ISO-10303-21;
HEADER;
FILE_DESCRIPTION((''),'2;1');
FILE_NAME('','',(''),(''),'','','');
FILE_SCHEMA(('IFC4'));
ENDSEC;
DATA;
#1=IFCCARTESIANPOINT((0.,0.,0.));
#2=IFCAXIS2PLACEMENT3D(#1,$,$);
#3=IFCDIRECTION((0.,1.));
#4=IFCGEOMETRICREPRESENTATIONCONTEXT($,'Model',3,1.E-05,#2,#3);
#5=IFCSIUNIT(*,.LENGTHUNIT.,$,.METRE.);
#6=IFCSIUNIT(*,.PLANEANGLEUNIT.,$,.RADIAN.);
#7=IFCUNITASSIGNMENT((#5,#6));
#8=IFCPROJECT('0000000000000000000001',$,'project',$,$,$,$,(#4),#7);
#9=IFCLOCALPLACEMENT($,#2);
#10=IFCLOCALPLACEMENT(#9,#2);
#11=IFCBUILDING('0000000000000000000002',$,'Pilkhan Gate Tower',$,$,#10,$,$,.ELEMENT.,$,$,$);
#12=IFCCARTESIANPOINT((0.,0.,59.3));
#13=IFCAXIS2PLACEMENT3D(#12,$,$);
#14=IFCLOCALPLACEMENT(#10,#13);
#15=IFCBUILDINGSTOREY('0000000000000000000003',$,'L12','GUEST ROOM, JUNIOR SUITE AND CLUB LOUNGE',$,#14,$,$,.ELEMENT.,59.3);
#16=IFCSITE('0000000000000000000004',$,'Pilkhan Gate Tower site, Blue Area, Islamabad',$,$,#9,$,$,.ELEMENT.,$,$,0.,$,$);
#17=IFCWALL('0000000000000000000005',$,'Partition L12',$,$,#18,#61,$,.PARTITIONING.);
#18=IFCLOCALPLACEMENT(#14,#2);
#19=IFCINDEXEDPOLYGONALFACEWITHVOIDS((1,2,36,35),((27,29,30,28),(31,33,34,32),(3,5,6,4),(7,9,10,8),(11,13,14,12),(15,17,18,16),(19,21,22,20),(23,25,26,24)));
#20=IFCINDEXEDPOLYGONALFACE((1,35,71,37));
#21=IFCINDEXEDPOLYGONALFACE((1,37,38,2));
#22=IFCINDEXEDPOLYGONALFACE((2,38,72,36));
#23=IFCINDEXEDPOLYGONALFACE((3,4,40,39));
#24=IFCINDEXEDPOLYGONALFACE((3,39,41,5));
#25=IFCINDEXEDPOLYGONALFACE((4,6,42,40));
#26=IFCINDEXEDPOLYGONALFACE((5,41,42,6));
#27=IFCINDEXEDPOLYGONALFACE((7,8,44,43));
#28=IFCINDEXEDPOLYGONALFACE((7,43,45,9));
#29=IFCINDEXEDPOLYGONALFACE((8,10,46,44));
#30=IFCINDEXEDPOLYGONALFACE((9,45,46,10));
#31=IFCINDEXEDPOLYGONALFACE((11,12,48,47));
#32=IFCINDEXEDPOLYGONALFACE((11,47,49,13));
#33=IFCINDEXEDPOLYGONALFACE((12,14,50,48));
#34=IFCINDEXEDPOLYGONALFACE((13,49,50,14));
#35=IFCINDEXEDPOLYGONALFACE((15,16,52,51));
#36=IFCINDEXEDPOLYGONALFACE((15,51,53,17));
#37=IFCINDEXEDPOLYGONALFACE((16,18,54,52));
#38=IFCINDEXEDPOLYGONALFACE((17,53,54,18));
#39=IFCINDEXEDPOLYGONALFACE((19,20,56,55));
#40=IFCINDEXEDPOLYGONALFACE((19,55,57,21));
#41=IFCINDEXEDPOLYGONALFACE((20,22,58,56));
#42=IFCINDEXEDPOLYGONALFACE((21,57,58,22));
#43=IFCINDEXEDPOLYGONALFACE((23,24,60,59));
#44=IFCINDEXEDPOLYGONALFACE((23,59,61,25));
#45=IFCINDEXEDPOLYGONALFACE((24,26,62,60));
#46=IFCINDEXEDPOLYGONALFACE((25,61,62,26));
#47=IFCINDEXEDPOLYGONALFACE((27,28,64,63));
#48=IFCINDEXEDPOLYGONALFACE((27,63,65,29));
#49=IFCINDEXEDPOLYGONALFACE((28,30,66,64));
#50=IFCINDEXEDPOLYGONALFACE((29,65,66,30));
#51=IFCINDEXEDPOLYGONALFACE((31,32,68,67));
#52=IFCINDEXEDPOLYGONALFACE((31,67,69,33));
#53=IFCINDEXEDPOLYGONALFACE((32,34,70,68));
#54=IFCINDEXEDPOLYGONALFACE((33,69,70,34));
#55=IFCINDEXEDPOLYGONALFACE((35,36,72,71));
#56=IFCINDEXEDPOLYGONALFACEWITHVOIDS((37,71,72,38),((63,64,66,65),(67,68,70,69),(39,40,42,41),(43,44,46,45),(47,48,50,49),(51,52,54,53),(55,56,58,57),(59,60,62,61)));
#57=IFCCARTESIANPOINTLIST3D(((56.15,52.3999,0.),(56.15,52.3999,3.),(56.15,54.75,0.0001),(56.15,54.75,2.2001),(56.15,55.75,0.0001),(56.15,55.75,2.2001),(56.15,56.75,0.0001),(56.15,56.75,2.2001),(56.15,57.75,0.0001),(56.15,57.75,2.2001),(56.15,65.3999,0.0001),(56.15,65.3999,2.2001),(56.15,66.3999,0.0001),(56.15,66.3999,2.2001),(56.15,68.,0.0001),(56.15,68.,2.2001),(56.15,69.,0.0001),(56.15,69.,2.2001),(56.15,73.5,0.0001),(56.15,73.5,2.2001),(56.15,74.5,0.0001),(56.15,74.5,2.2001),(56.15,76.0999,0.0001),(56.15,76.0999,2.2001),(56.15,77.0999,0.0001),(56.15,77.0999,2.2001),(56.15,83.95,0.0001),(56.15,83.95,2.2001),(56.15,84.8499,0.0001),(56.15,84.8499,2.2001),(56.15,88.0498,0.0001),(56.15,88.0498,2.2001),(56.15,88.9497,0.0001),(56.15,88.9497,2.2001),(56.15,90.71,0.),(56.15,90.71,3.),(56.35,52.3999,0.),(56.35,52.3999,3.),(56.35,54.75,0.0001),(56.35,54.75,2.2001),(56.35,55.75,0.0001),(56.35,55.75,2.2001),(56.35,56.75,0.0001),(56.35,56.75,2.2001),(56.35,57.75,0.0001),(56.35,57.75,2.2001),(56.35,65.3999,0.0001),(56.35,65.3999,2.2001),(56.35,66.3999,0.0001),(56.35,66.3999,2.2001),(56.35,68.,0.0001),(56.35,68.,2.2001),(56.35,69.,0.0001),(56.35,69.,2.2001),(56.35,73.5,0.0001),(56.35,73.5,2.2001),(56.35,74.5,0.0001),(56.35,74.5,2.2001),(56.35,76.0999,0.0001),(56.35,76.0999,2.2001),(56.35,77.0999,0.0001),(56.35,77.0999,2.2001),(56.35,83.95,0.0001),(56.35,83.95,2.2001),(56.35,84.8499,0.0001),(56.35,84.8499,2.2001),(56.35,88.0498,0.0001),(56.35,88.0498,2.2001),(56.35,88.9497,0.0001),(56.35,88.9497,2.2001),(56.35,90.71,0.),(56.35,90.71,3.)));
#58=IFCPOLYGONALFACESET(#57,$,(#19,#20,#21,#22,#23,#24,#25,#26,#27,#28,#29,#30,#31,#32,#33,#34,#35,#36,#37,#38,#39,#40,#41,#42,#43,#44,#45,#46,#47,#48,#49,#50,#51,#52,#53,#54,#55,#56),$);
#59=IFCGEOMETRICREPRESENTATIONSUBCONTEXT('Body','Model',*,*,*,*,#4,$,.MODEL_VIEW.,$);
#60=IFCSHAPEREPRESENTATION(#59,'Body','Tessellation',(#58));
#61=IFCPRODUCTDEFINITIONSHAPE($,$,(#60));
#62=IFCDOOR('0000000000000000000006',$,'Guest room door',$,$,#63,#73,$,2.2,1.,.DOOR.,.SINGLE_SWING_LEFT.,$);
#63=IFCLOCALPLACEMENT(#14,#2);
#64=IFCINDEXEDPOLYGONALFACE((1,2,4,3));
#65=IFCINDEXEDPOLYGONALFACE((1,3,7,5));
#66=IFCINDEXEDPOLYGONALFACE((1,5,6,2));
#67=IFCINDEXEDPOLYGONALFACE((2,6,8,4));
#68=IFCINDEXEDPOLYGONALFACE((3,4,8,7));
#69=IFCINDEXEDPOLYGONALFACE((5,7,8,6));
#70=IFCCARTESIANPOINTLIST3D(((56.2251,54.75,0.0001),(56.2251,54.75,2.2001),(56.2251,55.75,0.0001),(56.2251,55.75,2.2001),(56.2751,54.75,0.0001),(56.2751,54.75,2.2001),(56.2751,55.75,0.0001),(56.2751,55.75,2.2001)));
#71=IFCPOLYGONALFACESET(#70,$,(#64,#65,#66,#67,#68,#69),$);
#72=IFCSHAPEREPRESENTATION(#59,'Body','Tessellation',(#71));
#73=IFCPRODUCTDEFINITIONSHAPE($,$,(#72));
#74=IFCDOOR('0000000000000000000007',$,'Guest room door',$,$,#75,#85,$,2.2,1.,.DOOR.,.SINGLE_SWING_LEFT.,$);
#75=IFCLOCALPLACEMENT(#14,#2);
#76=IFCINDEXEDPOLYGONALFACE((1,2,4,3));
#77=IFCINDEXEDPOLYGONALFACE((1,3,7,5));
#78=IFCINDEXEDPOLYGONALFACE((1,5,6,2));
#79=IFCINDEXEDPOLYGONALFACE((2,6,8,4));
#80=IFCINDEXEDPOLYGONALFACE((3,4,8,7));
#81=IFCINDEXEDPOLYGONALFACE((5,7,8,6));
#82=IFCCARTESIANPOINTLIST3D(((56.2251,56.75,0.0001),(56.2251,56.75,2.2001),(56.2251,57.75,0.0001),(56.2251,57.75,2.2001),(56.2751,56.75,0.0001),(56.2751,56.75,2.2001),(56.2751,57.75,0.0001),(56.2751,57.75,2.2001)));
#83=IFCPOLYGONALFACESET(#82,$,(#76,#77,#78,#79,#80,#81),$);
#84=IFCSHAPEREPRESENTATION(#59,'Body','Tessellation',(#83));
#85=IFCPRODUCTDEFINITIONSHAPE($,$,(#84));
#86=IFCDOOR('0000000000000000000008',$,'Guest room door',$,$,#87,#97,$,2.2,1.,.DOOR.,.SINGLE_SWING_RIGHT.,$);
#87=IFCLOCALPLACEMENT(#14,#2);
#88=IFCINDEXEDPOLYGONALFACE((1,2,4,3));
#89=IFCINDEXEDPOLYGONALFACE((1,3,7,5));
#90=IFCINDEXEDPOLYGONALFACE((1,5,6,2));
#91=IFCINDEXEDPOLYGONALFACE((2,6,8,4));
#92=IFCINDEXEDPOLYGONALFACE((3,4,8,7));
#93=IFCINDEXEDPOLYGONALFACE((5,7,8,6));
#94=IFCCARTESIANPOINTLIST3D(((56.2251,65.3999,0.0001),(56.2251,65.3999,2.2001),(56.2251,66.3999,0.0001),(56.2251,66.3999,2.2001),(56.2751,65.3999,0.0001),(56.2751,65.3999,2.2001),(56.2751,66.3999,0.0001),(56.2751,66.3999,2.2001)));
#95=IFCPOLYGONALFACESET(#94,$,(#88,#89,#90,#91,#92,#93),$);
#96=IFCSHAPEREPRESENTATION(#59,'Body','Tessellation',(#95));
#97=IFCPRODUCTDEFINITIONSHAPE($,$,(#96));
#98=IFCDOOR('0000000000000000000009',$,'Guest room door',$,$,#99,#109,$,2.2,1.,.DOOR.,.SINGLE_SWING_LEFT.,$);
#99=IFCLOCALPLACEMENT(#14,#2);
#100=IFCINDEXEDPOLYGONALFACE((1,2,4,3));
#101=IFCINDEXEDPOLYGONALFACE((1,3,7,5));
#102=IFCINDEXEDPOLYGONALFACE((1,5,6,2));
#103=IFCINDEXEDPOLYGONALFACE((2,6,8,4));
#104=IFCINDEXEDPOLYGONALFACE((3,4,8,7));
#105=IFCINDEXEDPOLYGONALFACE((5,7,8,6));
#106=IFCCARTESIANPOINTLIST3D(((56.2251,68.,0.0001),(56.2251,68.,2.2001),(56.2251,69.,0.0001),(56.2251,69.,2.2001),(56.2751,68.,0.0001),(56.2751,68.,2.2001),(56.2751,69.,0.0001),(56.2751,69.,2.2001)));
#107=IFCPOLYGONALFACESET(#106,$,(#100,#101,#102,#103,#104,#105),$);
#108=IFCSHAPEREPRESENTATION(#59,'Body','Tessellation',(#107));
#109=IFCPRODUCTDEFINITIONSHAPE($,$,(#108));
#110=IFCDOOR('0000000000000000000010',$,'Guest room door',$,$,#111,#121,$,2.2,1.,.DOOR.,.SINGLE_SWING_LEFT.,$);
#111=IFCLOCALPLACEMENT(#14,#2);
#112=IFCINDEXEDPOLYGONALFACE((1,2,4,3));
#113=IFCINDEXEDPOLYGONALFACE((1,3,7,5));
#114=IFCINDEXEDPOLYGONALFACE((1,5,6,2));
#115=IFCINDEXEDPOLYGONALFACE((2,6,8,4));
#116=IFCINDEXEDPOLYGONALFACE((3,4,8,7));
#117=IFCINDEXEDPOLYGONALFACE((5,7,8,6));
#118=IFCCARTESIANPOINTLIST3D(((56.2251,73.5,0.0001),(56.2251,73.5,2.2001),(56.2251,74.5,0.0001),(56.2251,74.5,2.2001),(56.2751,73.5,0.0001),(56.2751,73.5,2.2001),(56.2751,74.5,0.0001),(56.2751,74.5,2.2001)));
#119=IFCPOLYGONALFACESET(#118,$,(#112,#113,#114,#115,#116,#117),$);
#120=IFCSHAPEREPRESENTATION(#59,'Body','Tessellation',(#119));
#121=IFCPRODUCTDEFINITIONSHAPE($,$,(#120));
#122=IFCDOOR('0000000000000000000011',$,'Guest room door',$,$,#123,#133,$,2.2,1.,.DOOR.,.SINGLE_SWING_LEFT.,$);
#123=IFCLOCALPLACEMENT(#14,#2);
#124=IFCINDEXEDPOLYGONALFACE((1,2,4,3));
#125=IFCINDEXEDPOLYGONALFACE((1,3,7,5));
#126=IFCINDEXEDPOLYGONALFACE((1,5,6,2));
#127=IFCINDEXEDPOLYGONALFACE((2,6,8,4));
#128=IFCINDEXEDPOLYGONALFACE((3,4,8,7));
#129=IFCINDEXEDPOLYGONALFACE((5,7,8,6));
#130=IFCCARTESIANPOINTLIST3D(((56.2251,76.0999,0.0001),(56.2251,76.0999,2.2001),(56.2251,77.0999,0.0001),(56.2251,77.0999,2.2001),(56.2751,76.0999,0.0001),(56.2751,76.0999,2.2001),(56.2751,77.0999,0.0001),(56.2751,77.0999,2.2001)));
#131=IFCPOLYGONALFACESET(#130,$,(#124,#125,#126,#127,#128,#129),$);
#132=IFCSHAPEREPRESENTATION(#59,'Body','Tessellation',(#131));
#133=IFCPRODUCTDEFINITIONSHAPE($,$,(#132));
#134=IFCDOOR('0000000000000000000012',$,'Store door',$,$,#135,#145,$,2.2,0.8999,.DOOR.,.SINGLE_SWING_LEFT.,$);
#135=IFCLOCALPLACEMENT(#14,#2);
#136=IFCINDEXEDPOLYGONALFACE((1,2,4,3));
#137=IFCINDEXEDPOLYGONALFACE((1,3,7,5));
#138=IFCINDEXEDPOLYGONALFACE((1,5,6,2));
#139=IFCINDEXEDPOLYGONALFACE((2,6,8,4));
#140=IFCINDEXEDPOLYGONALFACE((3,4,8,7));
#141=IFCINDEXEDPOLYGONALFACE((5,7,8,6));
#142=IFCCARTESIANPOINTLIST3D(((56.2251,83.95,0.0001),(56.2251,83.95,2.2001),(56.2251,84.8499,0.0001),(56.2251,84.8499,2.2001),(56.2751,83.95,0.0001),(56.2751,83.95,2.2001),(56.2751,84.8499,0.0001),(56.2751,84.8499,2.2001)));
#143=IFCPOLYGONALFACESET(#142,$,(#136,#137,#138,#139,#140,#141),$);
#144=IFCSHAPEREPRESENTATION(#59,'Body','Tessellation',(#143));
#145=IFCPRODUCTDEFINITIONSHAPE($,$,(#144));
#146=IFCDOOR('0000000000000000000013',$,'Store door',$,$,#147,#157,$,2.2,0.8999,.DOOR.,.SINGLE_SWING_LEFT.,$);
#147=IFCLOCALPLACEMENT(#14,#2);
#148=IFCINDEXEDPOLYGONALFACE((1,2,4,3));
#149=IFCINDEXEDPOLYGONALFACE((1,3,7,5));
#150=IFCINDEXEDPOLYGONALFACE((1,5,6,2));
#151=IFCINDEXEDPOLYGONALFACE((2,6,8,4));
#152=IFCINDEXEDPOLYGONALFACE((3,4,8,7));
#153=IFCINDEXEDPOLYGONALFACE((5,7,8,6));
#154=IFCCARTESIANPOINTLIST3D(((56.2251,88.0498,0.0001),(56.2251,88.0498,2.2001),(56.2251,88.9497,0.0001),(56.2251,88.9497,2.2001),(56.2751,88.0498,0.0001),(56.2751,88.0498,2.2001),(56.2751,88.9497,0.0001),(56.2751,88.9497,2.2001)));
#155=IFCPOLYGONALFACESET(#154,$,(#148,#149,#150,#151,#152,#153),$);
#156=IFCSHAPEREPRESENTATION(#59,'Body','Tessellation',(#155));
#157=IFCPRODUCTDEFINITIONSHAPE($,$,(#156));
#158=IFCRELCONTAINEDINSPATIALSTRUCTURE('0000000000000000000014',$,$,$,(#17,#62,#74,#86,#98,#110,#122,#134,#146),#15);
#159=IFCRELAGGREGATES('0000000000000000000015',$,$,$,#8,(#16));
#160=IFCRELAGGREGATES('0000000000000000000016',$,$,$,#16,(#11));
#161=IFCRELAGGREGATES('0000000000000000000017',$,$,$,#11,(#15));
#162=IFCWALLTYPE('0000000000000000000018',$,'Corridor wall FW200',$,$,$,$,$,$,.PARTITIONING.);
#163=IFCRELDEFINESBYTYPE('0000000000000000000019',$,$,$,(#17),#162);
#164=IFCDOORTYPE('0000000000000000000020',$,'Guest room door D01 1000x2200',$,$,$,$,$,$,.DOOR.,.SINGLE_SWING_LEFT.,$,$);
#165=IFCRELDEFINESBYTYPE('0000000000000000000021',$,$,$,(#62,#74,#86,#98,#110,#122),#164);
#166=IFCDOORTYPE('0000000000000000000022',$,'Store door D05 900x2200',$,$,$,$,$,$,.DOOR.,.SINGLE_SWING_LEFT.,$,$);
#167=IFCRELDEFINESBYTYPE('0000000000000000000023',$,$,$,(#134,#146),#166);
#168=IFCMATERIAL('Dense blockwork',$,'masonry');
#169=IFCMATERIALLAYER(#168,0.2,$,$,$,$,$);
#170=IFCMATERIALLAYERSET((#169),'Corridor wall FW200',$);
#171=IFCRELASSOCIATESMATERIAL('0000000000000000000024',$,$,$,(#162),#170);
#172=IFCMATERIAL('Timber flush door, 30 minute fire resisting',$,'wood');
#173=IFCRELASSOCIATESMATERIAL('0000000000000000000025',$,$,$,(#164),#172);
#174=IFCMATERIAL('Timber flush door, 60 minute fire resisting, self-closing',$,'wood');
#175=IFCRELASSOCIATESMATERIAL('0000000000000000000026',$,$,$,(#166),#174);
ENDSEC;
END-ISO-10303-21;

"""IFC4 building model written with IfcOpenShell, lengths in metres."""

from ifc_helpers import new_model, si_unit, direction, frame, frame_2d, origin, place, context, subcontext, project, spatial, rectangle, extrude, material, layer, layer_set, type_object, element, fill, save


model = new_model("IFC4")

# Units and contexts
model_context = context("Model", 3, precision=1e-05, world=origin(), true_north=direction((0.0, 1.0)))
body_context = subcontext(model_context, "Body", "Model", "MODEL_VIEW")
ifc_project = project(units=[si_unit("LENGTHUNIT", "METRE"), si_unit("PLANEANGLEUNIT", "RADIAN")], contexts=[model_context])

# Site, building, storey
site_placement = place(None, origin())
site = spatial("IfcSite", under=ifc_project, at=site_placement, Name="Pilkhan Gate Tower site, Blue Area, Islamabad", CompositionType="ELEMENT", RefElevation=0.0)
building_placement = place(site_placement, origin())
building = spatial("IfcBuilding", under=site, at=building_placement, Name="Pilkhan Gate Tower", CompositionType="ELEMENT")
storey_placement = place(building_placement, frame((0.0, 0.0, 59.3)))
storey = spatial("IfcBuildingStorey", under=building, at=storey_placement, Name="L12", Description="GUEST ROOM, JUNIOR SUITE AND CLUB LOUNGE", CompositionType="ELEMENT", Elevation=59.3)

# Wall, openings, doors
ifc_material_1 = material(Name="Dense blockwork", Category="masonry")
ifc_layer_1 = layer(ifc_material_1, 0.2)
ifc_layer_set_1 = layer_set([ifc_layer_1], Name="Corridor wall FW200")
wall_type = type_object("IfcWallType", Name="Corridor wall FW200", PredefinedType="PARTITIONING", material=ifc_layer_set_1)
wall_1_placement = place(storey_placement, frame((56.25, 52.3999, 0.0), z_axis=(0.0, 0.0, 1.0), x_axis=(0.0, 1.0, 0.0)))
wall_1 = element("IfcWall", 1, at=wall_1_placement, inside=storey, type_object=wall_type, Name="Partition L12", PredefinedType="PARTITIONING", context=body_context, shape_type="SweptSolid", body=[
    extrude(rectangle(XDim=38.3101, YDim=0.2, at=frame_2d((19.155, 0.0))), origin(), (0.0, 0.0, 1.0), 3.0),
])
opening_1_placement = place(wall_1_placement, frame((2.3501, 0.0, 0.0)))
opening_1 = element("IfcOpeningElement", 2, at=opening_1_placement, cuts=wall_1, PredefinedType="OPENING", context=body_context, shape_type="SweptSolid", body=[
    extrude(rectangle(XDim=1.0, YDim=2.2, at=frame_2d((0.5, 1.1001))), frame((0.0, 0.1099, 0.0), z_axis=(0.0, -1.0, 0.0), x_axis=(1.0, 0.0, 0.0)), (0.0, 0.0, 1.0), 0.22),
])
opening_2_placement = place(wall_1_placement, frame((4.3501, 0.0, 0.0)))
opening_2 = element("IfcOpeningElement", 3, at=opening_2_placement, cuts=wall_1, PredefinedType="OPENING", context=body_context, shape_type="SweptSolid", body=[
    extrude(rectangle(XDim=1.0, YDim=2.2, at=frame_2d((0.5, 1.1001))), frame((0.0, 0.1099, 0.0), z_axis=(0.0, -1.0, 0.0), x_axis=(1.0, 0.0, 0.0)), (0.0, 0.0, 1.0), 0.22),
])
opening_3_placement = place(wall_1_placement, frame((13.0, 0.0, 0.0)))
opening_3 = element("IfcOpeningElement", 4, at=opening_3_placement, cuts=wall_1, PredefinedType="OPENING", context=body_context, shape_type="SweptSolid", body=[
    extrude(rectangle(XDim=1.0, YDim=2.2, at=frame_2d((0.5, 1.1001))), frame((0.0, 0.1099, 0.0), z_axis=(0.0, -1.0, 0.0), x_axis=(1.0, 0.0, 0.0)), (0.0, 0.0, 1.0), 0.22),
])
opening_4_placement = place(wall_1_placement, frame((15.6001, 0.0, 0.0)))
opening_4 = element("IfcOpeningElement", 5, at=opening_4_placement, cuts=wall_1, PredefinedType="OPENING", context=body_context, shape_type="SweptSolid", body=[
    extrude(rectangle(XDim=1.0, YDim=2.2, at=frame_2d((0.5, 1.1001))), frame((0.0, 0.1099, 0.0), z_axis=(0.0, -1.0, 0.0), x_axis=(1.0, 0.0, 0.0)), (0.0, 0.0, 1.0), 0.22),
])
opening_5_placement = place(wall_1_placement, frame((21.1001, 0.0, 0.0)))
opening_5 = element("IfcOpeningElement", 6, at=opening_5_placement, cuts=wall_1, PredefinedType="OPENING", context=body_context, shape_type="SweptSolid", body=[
    extrude(rectangle(XDim=1.0, YDim=2.2, at=frame_2d((0.5, 1.1001))), frame((0.0, 0.1099, 0.0), z_axis=(0.0, -1.0, 0.0), x_axis=(1.0, 0.0, 0.0)), (0.0, 0.0, 1.0), 0.22),
])
opening_6_placement = place(wall_1_placement, frame((23.7, 0.0, 0.0)))
opening_6 = element("IfcOpeningElement", 7, at=opening_6_placement, cuts=wall_1, PredefinedType="OPENING", context=body_context, shape_type="SweptSolid", body=[
    extrude(rectangle(XDim=1.0, YDim=2.2, at=frame_2d((0.5, 1.1001))), frame((0.0, 0.1099, 0.0), z_axis=(0.0, -1.0, 0.0), x_axis=(1.0, 0.0, 0.0)), (0.0, 0.0, 1.0), 0.22),
])
opening_7_placement = place(wall_1_placement, frame((31.55, 0.0, 0.0)))
opening_7 = element("IfcOpeningElement", 8, at=opening_7_placement, cuts=wall_1, PredefinedType="OPENING", context=body_context, shape_type="SweptSolid", body=[
    extrude(rectangle(XDim=0.8999, YDim=2.2, at=frame_2d((0.45, 1.1001))), frame((0.0, 0.1099, 0.0), z_axis=(0.0, -1.0, 0.0), x_axis=(1.0, 0.0, 0.0)), (0.0, 0.0, 1.0), 0.22),
])
opening_8_placement = place(wall_1_placement, frame((35.6499, 0.0, 0.0)))
opening_8 = element("IfcOpeningElement", 9, at=opening_8_placement, cuts=wall_1, PredefinedType="OPENING", context=body_context, shape_type="SweptSolid", body=[
    extrude(rectangle(XDim=0.8999, YDim=2.2, at=frame_2d((0.45, 1.1001))), frame((0.0, 0.1099, 0.0), z_axis=(0.0, -1.0, 0.0), x_axis=(1.0, 0.0, 0.0)), (0.0, 0.0, 1.0), 0.22),
])
ifc_material_2 = material(Name="Timber flush door, 30 minute fire resisting", Category="wood")
door_type_1 = type_object("IfcDoorType", Name="Guest room door D01 1000x2200", OperationType="SINGLE_SWING_LEFT", PredefinedType="DOOR", material=ifc_material_2)
door_1_placement = place(opening_1_placement, origin())
door_1 = element("IfcDoor", 10, at=door_1_placement, inside=storey, type_object=door_type_1, Name="Guest room door", OperationType="SINGLE_SWING_LEFT", OverallHeight=2.2, OverallWidth=1.0, PredefinedType="DOOR", context=body_context, shape_type="SweptSolid", body=[
    extrude(rectangle(XDim=1.0, YDim=2.2, at=frame_2d((0.5, 1.1001))), frame((0.0, 0.0249, 0.0), z_axis=(0.0, -1.0, 0.0), x_axis=(1.0, 0.0, 0.0)), (0.0, 0.0, 1.0), 0.05),
])
fill(opening_1, door_1)
door_2_placement = place(opening_2_placement, origin())
door_2 = element("IfcDoor", 11, at=door_2_placement, inside=storey, type_object=door_type_1, Name="Guest room door", OperationType="SINGLE_SWING_LEFT", OverallHeight=2.2, OverallWidth=1.0, PredefinedType="DOOR", context=body_context, shape_type="SweptSolid", body=[
    extrude(rectangle(XDim=1.0, YDim=2.2, at=frame_2d((0.5, 1.1001))), frame((0.0, 0.0249, 0.0), z_axis=(0.0, -1.0, 0.0), x_axis=(1.0, 0.0, 0.0)), (0.0, 0.0, 1.0), 0.05),
])
fill(opening_2, door_2)
door_3_placement = place(opening_3_placement, origin())
door_3 = element("IfcDoor", 12, at=door_3_placement, inside=storey, type_object=door_type_1, Name="Guest room door", OperationType="SINGLE_SWING_RIGHT", OverallHeight=2.2, OverallWidth=1.0, PredefinedType="DOOR", context=body_context, shape_type="SweptSolid", body=[
    extrude(rectangle(XDim=1.0, YDim=2.2, at=frame_2d((0.5, 1.1001))), frame((0.0, 0.0249, 0.0), z_axis=(0.0, -1.0, 0.0), x_axis=(1.0, 0.0, 0.0)), (0.0, 0.0, 1.0), 0.05),
])
fill(opening_3, door_3)
door_4_placement = place(opening_4_placement, origin())
door_4 = element("IfcDoor", 13, at=door_4_placement, inside=storey, type_object=door_type_1, Name="Guest room door", OperationType="SINGLE_SWING_LEFT", OverallHeight=2.2, OverallWidth=1.0, PredefinedType="DOOR", context=body_context, shape_type="SweptSolid", body=[
    extrude(rectangle(XDim=1.0, YDim=2.2, at=frame_2d((0.5, 1.1001))), frame((0.0, 0.0249, 0.0), z_axis=(0.0, -1.0, 0.0), x_axis=(1.0, 0.0, 0.0)), (0.0, 0.0, 1.0), 0.05),
])
fill(opening_4, door_4)
door_5_placement = place(opening_5_placement, origin())
door_5 = element("IfcDoor", 14, at=door_5_placement, inside=storey, type_object=door_type_1, Name="Guest room door", OperationType="SINGLE_SWING_LEFT", OverallHeight=2.2, OverallWidth=1.0, PredefinedType="DOOR", context=body_context, shape_type="SweptSolid", body=[
    extrude(rectangle(XDim=1.0, YDim=2.2, at=frame_2d((0.5, 1.1001))), frame((0.0, 0.0249, 0.0), z_axis=(0.0, -1.0, 0.0), x_axis=(1.0, 0.0, 0.0)), (0.0, 0.0, 1.0), 0.05),
])
fill(opening_5, door_5)
door_6_placement = place(opening_6_placement, origin())
door_6 = element("IfcDoor", 15, at=door_6_placement, inside=storey, type_object=door_type_1, Name="Guest room door", OperationType="SINGLE_SWING_LEFT", OverallHeight=2.2, OverallWidth=1.0, PredefinedType="DOOR", context=body_context, shape_type="SweptSolid", body=[
    extrude(rectangle(XDim=1.0, YDim=2.2, at=frame_2d((0.5, 1.1001))), frame((0.0, 0.0249, 0.0), z_axis=(0.0, -1.0, 0.0), x_axis=(1.0, 0.0, 0.0)), (0.0, 0.0, 1.0), 0.05),
])
fill(opening_6, door_6)
ifc_material_3 = material(Name="Timber flush door, 60 minute fire resisting, self-closing", Category="wood")
door_type_2 = type_object("IfcDoorType", Name="Store door D05 900x2200", OperationType="SINGLE_SWING_LEFT", PredefinedType="DOOR", material=ifc_material_3)
door_7_placement = place(opening_7_placement, origin())
door_7 = element("IfcDoor", 16, at=door_7_placement, inside=storey, type_object=door_type_2, Name="Store door", OperationType="SINGLE_SWING_LEFT", OverallHeight=2.2, OverallWidth=0.8999, PredefinedType="DOOR", context=body_context, shape_type="SweptSolid", body=[
    extrude(rectangle(XDim=0.8999, YDim=2.2, at=frame_2d((0.45, 1.1001))), frame((0.0, 0.0249, 0.0), z_axis=(0.0, -1.0, 0.0), x_axis=(1.0, 0.0, 0.0)), (0.0, 0.0, 1.0), 0.05),
])
fill(opening_7, door_7)
door_8_placement = place(opening_8_placement, origin())
door_8 = element("IfcDoor", 17, at=door_8_placement, inside=storey, type_object=door_type_2, Name="Store door", OperationType="SINGLE_SWING_LEFT", OverallHeight=2.2, OverallWidth=0.8999, PredefinedType="DOOR", context=body_context, shape_type="SweptSolid", body=[
    extrude(rectangle(XDim=0.8999, YDim=2.2, at=frame_2d((0.45, 1.1001))), frame((0.0, 0.0249, 0.0), z_axis=(0.0, -1.0, 0.0), x_axis=(1.0, 0.0, 0.0)), (0.0, 0.0, 1.0), 0.05),
])
fill(opening_8, door_8)

save(model, "model.ifc")
